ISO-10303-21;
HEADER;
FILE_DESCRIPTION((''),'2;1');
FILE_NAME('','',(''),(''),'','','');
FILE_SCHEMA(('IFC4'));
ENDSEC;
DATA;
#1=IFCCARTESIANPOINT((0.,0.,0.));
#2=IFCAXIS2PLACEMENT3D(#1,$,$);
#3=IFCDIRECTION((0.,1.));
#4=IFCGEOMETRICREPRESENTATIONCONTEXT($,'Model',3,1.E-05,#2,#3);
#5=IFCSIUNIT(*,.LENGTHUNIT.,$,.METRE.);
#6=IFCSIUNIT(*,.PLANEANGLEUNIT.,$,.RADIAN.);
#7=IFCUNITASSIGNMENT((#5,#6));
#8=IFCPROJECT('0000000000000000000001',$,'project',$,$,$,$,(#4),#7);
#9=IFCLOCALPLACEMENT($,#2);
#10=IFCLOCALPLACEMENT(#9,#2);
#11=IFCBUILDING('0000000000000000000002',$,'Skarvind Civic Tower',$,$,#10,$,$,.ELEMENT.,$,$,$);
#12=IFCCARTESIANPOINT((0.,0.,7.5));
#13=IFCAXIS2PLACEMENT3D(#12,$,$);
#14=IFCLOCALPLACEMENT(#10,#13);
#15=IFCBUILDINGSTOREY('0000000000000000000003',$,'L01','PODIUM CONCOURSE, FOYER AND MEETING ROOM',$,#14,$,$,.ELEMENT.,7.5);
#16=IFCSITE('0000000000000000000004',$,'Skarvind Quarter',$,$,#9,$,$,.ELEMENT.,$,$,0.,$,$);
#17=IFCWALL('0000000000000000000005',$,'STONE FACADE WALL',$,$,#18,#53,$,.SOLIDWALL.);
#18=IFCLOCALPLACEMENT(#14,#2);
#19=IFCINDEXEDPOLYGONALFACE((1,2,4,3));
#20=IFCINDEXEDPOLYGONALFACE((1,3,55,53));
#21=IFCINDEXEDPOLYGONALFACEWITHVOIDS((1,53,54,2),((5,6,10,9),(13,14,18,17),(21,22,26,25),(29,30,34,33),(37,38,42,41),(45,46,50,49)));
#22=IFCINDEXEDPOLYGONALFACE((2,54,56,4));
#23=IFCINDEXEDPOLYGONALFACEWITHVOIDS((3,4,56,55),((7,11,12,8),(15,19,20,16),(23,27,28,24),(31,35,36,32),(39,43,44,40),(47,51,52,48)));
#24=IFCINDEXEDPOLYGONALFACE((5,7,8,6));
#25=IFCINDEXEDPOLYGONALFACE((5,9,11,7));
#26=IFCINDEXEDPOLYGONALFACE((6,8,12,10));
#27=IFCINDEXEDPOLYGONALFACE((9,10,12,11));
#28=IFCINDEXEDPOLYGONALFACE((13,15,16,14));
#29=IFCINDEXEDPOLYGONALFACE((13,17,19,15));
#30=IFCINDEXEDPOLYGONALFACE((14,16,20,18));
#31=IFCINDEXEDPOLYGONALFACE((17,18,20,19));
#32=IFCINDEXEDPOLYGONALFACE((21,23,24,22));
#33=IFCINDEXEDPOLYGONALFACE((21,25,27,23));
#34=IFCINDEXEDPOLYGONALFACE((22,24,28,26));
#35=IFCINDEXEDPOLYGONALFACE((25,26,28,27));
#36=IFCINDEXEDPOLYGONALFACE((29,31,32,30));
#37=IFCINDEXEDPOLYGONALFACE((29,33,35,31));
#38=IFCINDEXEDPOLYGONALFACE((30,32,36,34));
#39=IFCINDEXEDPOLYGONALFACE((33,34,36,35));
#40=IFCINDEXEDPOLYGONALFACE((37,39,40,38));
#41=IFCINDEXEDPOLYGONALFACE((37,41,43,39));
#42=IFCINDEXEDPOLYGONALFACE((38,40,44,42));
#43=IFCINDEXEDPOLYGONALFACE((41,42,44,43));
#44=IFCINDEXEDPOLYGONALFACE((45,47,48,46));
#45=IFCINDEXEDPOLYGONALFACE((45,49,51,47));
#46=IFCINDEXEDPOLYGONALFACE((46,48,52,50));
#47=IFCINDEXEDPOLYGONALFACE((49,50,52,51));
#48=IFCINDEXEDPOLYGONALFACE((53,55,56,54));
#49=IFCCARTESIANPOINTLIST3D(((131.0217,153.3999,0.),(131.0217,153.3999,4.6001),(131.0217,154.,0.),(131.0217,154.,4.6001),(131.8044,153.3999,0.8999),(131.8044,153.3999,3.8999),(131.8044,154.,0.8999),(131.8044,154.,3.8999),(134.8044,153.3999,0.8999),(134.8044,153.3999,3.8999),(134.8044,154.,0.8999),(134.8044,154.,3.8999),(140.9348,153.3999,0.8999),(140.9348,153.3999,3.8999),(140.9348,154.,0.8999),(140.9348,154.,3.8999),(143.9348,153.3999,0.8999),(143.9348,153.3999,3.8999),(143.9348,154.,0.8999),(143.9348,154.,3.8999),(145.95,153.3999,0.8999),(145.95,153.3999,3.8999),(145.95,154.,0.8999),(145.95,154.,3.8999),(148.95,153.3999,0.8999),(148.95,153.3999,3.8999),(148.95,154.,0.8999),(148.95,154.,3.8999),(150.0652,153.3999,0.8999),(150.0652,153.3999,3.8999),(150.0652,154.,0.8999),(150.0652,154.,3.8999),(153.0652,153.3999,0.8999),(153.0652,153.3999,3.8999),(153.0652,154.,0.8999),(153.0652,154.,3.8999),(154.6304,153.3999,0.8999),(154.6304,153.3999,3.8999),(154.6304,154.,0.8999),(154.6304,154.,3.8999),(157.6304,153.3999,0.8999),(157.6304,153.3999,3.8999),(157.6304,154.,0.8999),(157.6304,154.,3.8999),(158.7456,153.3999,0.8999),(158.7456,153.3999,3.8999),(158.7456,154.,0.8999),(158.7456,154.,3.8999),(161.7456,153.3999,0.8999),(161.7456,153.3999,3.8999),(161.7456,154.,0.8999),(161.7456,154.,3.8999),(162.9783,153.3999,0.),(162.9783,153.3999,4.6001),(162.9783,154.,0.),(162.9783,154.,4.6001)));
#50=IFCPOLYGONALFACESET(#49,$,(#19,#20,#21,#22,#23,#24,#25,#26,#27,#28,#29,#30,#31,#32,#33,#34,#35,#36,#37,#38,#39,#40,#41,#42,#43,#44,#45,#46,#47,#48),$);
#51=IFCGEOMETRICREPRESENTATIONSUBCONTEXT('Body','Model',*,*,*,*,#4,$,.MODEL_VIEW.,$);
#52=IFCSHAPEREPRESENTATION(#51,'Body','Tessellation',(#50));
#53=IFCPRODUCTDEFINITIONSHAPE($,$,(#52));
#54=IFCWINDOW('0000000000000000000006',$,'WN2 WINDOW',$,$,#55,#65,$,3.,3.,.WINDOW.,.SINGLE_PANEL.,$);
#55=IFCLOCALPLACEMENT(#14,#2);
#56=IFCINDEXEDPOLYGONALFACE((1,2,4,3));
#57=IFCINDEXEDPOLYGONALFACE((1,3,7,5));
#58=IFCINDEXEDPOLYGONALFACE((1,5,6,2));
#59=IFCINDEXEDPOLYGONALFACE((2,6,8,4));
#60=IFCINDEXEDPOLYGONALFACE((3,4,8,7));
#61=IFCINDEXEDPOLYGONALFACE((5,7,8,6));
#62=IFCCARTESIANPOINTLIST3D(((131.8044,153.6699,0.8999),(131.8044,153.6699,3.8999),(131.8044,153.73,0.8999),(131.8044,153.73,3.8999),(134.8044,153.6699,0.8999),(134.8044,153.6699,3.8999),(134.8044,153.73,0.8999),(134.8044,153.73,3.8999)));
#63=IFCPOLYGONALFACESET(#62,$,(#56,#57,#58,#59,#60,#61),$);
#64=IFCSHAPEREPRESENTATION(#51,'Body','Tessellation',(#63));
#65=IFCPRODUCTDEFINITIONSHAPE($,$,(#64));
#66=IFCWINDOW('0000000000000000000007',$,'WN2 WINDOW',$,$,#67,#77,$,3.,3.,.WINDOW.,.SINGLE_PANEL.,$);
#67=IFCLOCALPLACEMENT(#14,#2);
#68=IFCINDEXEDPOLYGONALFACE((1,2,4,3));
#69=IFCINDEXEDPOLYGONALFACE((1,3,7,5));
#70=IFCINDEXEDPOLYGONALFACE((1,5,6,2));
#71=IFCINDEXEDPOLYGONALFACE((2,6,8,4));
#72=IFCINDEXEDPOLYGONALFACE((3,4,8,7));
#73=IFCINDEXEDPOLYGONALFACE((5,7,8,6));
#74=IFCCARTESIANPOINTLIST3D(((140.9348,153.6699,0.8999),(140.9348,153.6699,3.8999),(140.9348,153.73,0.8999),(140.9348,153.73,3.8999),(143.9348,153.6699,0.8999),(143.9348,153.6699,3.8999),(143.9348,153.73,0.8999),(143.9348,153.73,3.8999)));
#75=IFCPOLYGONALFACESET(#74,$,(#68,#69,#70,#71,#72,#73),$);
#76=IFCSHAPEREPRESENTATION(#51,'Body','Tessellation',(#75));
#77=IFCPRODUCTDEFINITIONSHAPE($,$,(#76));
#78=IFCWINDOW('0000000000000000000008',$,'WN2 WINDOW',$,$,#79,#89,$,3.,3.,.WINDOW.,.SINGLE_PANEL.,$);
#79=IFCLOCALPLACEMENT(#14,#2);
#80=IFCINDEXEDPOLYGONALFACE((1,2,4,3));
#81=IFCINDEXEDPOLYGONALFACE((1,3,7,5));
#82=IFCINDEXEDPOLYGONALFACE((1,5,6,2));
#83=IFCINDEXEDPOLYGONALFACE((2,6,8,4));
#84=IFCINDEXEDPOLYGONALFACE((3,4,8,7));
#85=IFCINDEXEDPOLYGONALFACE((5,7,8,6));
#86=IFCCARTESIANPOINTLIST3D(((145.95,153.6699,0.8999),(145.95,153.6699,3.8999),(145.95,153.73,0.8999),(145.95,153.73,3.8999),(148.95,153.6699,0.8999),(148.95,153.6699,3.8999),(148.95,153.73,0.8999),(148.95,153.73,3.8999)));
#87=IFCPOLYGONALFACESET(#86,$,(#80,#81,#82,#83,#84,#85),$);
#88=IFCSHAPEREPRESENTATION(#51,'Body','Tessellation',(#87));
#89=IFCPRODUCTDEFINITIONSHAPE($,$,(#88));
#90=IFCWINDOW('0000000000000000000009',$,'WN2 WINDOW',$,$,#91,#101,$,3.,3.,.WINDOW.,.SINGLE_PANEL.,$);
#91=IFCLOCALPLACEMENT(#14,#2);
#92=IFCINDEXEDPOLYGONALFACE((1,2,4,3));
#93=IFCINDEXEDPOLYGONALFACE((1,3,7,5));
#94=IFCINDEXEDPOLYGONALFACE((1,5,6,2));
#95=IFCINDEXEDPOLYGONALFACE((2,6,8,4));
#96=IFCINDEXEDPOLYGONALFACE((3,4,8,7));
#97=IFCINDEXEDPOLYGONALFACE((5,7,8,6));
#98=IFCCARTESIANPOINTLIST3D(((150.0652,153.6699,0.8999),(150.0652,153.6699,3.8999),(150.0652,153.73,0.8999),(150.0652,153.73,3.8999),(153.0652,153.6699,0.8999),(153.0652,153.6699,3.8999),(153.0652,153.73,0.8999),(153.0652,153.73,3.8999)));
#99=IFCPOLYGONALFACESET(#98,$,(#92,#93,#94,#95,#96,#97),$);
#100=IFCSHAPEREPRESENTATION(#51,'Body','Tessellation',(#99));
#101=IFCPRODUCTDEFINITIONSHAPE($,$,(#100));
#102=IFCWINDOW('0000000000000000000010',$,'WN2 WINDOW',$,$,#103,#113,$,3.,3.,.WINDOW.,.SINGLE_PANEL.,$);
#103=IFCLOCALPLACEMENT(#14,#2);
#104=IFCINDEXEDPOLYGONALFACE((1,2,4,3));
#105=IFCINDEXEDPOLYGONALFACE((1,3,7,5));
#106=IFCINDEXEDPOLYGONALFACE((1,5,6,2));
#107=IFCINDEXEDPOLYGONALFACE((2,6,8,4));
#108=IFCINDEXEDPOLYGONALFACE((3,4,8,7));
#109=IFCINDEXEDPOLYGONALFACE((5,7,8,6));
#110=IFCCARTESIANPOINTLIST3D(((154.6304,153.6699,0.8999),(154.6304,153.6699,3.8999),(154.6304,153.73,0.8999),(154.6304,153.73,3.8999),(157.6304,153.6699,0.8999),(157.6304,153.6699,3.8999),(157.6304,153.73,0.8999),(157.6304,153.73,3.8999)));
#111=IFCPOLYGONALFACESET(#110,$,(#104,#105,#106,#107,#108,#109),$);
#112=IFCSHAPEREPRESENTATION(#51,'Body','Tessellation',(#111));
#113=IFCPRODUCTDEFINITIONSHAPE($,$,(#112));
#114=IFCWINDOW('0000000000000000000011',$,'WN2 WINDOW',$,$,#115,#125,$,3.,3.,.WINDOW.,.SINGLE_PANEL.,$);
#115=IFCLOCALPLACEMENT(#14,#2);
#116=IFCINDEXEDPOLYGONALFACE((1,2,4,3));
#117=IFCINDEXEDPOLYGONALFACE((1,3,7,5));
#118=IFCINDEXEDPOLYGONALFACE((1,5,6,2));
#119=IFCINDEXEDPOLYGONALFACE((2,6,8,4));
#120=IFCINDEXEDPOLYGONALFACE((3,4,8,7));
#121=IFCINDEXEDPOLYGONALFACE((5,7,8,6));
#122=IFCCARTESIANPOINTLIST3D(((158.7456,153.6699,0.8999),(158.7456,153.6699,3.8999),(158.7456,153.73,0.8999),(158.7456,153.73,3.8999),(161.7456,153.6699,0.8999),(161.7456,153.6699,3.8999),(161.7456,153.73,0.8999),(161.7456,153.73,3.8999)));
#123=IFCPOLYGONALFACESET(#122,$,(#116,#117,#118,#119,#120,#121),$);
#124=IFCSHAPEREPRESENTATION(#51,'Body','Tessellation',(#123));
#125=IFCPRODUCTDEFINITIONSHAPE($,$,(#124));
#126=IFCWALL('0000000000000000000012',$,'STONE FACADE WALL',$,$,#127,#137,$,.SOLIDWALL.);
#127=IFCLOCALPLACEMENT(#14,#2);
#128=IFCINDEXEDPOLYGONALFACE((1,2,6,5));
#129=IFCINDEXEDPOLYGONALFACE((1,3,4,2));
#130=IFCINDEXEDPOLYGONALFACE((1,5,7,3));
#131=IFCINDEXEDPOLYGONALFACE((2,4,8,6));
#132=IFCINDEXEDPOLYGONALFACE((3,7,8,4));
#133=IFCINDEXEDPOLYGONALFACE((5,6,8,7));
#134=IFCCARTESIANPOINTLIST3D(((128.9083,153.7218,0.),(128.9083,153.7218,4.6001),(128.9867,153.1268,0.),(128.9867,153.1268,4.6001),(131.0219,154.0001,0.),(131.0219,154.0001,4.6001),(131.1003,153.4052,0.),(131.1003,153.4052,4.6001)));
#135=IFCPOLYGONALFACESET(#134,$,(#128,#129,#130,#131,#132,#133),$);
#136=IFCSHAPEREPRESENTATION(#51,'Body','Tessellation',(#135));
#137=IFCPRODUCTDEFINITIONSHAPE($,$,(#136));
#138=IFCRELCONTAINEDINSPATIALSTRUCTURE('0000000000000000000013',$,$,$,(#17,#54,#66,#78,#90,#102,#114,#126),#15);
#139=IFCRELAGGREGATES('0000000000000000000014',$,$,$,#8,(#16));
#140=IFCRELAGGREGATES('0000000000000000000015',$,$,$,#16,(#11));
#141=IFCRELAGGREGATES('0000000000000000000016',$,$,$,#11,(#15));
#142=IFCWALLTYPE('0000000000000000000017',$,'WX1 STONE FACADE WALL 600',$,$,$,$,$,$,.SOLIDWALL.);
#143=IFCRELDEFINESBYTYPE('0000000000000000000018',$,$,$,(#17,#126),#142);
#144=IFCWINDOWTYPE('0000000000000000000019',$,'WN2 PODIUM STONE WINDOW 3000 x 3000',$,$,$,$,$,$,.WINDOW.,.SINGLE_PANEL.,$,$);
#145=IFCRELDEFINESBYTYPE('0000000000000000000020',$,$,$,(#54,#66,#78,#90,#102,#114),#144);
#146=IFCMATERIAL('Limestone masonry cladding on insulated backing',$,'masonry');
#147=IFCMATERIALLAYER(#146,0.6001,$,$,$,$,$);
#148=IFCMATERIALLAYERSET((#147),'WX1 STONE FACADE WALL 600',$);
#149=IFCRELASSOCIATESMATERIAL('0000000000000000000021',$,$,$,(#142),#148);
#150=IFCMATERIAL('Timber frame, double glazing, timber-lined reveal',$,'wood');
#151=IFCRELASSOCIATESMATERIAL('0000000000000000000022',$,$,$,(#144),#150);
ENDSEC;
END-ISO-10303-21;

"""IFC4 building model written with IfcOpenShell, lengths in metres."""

from ifc_helpers import new_model, si_unit, direction, frame, frame_2d, origin, place, context, subcontext, project, spatial, rectangle, extrude, material, layer, layer_set, type_object, element, fill, save


model = new_model("IFC4")

# Units and contexts
model_context = context("Model", 3, precision=1e-05, world=origin(), true_north=direction((0.0, 1.0)))
body_context = subcontext(model_context, "Body", "Model", "MODEL_VIEW")
ifc_project = project(units=[si_unit("LENGTHUNIT", "METRE"), si_unit("PLANEANGLEUNIT", "RADIAN")], contexts=[model_context])

# Site, building, storey
site_placement = place(None, origin())
site = spatial("IfcSite", under=ifc_project, at=site_placement, Name="Skarvind Quarter", CompositionType="ELEMENT", RefElevation=0.0)
building_placement = place(site_placement, origin())
building = spatial("IfcBuilding", under=site, at=building_placement, Name="Skarvind Civic Tower", CompositionType="ELEMENT")
storey_placement = place(building_placement, frame((0.0, 0.0, 7.5)))
storey = spatial("IfcBuildingStorey", under=building, at=storey_placement, Name="L01", Description="PODIUM CONCOURSE, FOYER AND MEETING ROOM", CompositionType="ELEMENT", Elevation=7.5)

# Wall, openings, windows
ifc_material_1 = material(Name="Limestone masonry cladding on insulated backing", Category="masonry")
ifc_layer_1 = layer(ifc_material_1, 0.6001)
ifc_layer_set_1 = layer_set([ifc_layer_1], Name="WX1 STONE FACADE WALL 600")
wall_type_1 = type_object("IfcWallType", Name="WX1 STONE FACADE WALL 600", PredefinedType="SOLIDWALL", material=ifc_layer_set_1)
wall_1_placement = place(storey_placement, frame((131.0217, 153.7, 0.0), z_axis=(0.0, 0.0, 1.0), x_axis=(1.0, 0.0, 0.0)))
wall_1 = element("IfcWall", 1, at=wall_1_placement, inside=storey, type_object=wall_type_1, Name="STONE FACADE WALL", PredefinedType="SOLIDWALL", context=body_context, shape_type="SweptSolid", body=[
    extrude(rectangle(XDim=31.9565, YDim=0.6001, at=frame_2d((15.9783, 0.0))), origin(), (0.0, 0.0, 1.0), 4.6001),
])
opening_1_placement = place(wall_1_placement, frame((0.7827, 0.0, 0.8999)))
opening_1 = element("IfcOpeningElement", 2, at=opening_1_placement, cuts=wall_1, PredefinedType="OPENING", context=body_context, shape_type="SweptSolid", body=[
    extrude(rectangle(XDim=3.0, YDim=3.0, at=frame_2d((1.5, 1.5))), frame((0.0, 0.3101, 0.0), z_axis=(0.0, -1.0, 0.0), x_axis=(1.0, 0.0, 0.0)), (0.0, 0.0, 1.0), 0.6201),
])
opening_2_placement = place(wall_1_placement, frame((9.9131, 0.0, 0.8999)))
opening_2 = element("IfcOpeningElement", 3, at=opening_2_placement, cuts=wall_1, PredefinedType="OPENING", context=body_context, shape_type="SweptSolid", body=[
    extrude(rectangle(XDim=3.0, YDim=3.0, at=frame_2d((1.5, 1.5))), frame((0.0, 0.3101, 0.0), z_axis=(0.0, -1.0, 0.0), x_axis=(1.0, 0.0, 0.0)), (0.0, 0.0, 1.0), 0.6201),
])
opening_3_placement = place(wall_1_placement, frame((14.9282, 0.0, 0.8999)))
opening_3 = element("IfcOpeningElement", 4, at=opening_3_placement, cuts=wall_1, PredefinedType="OPENING", context=body_context, shape_type="SweptSolid", body=[
    extrude(rectangle(XDim=3.0, YDim=3.0, at=frame_2d((1.5, 1.5))), frame((0.0, 0.3101, 0.0), z_axis=(0.0, -1.0, 0.0), x_axis=(1.0, 0.0, 0.0)), (0.0, 0.0, 1.0), 0.6201),
])
opening_4_placement = place(wall_1_placement, frame((19.0435, 0.0, 0.8999)))
opening_4 = element("IfcOpeningElement", 5, at=opening_4_placement, cuts=wall_1, PredefinedType="OPENING", context=body_context, shape_type="SweptSolid", body=[
    extrude(rectangle(XDim=3.0, YDim=3.0, at=frame_2d((1.5, 1.5))), frame((0.0, 0.3101, 0.0), z_axis=(0.0, -1.0, 0.0), x_axis=(1.0, 0.0, 0.0)), (0.0, 0.0, 1.0), 0.6201),
])
opening_5_placement = place(wall_1_placement, frame((23.6086, 0.0, 0.8999)))
opening_5 = element("IfcOpeningElement", 6, at=opening_5_placement, cuts=wall_1, PredefinedType="OPENING", context=body_context, shape_type="SweptSolid", body=[
    extrude(rectangle(XDim=3.0, YDim=3.0, at=frame_2d((1.5, 1.5))), frame((0.0, 0.3101, 0.0), z_axis=(0.0, -1.0, 0.0), x_axis=(1.0, 0.0, 0.0)), (0.0, 0.0, 1.0), 0.6201),
])
opening_6_placement = place(wall_1_placement, frame((27.7239, 0.0, 0.8999)))
opening_6 = element("IfcOpeningElement", 7, at=opening_6_placement, cuts=wall_1, PredefinedType="OPENING", context=body_context, shape_type="SweptSolid", body=[
    extrude(rectangle(XDim=3.0, YDim=3.0, at=frame_2d((1.5, 1.5))), frame((0.0, 0.3101, 0.0), z_axis=(0.0, -1.0, 0.0), x_axis=(1.0, 0.0, 0.0)), (0.0, 0.0, 1.0), 0.6201),
])
ifc_material_2 = material(Name="Timber frame, double glazing, timber-lined reveal", Category="wood")
window_type = type_object("IfcWindowType", Name="WN2 PODIUM STONE WINDOW 3000 x 3000", PartitioningType="SINGLE_PANEL", PredefinedType="WINDOW", material=ifc_material_2)
window_1_placement = place(opening_1_placement, origin())
window_1 = element("IfcWindow", 8, at=window_1_placement, inside=storey, type_object=window_type, Name="WN2 WINDOW", OverallHeight=3.0, OverallWidth=3.0, PartitioningType="SINGLE_PANEL", PredefinedType="WINDOW", context=body_context, shape_type="SweptSolid", body=[
    extrude(rectangle(XDim=3.0, YDim=3.0, at=frame_2d((1.5, 1.5))), frame((0.0, 0.03, 0.0), z_axis=(0.0, -1.0, 0.0), x_axis=(1.0, 0.0, 0.0)), (0.0, 0.0, 1.0), 0.0601),
])
fill(opening_1, window_1)
window_2_placement = place(opening_2_placement, origin())
window_2 = element("IfcWindow", 9, at=window_2_placement, inside=storey, type_object=window_type, Name="WN2 WINDOW", OverallHeight=3.0, OverallWidth=3.0, PartitioningType="SINGLE_PANEL", PredefinedType="WINDOW", context=body_context, shape_type="SweptSolid", body=[
    extrude(rectangle(XDim=3.0, YDim=3.0, at=frame_2d((1.5, 1.5))), frame((0.0, 0.03, 0.0), z_axis=(0.0, -1.0, 0.0), x_axis=(1.0, 0.0, 0.0)), (0.0, 0.0, 1.0), 0.0601),
])
fill(opening_2, window_2)
window_3_placement = place(opening_3_placement, origin())
window_3 = element("IfcWindow", 10, at=window_3_placement, inside=storey, type_object=window_type, Name="WN2 WINDOW", OverallHeight=3.0, OverallWidth=3.0, PartitioningType="SINGLE_PANEL", PredefinedType="WINDOW", context=body_context, shape_type="SweptSolid", body=[
    extrude(rectangle(XDim=3.0, YDim=3.0, at=frame_2d((1.5, 1.5))), frame((0.0, 0.03, 0.0), z_axis=(0.0, -1.0, 0.0), x_axis=(1.0, 0.0, 0.0)), (0.0, 0.0, 1.0), 0.0601),
])
fill(opening_3, window_3)
window_4_placement = place(opening_4_placement, origin())
window_4 = element("IfcWindow", 11, at=window_4_placement, inside=storey, type_object=window_type, Name="WN2 WINDOW", OverallHeight=3.0, OverallWidth=3.0, PartitioningType="SINGLE_PANEL", PredefinedType="WINDOW", context=body_context, shape_type="SweptSolid", body=[
    extrude(rectangle(XDim=3.0, YDim=3.0, at=frame_2d((1.5, 1.5))), frame((0.0, 0.03, 0.0), z_axis=(0.0, -1.0, 0.0), x_axis=(1.0, 0.0, 0.0)), (0.0, 0.0, 1.0), 0.0601),
])
fill(opening_4, window_4)
window_5_placement = place(opening_5_placement, origin())
window_5 = element("IfcWindow", 12, at=window_5_placement, inside=storey, type_object=window_type, Name="WN2 WINDOW", OverallHeight=3.0, OverallWidth=3.0, PartitioningType="SINGLE_PANEL", PredefinedType="WINDOW", context=body_context, shape_type="SweptSolid", body=[
    extrude(rectangle(XDim=3.0, YDim=3.0, at=frame_2d((1.5, 1.5))), frame((0.0, 0.03, 0.0), z_axis=(0.0, -1.0, 0.0), x_axis=(1.0, 0.0, 0.0)), (0.0, 0.0, 1.0), 0.0601),
])
fill(opening_5, window_5)
window_6_placement = place(opening_6_placement, origin())
window_6 = element("IfcWindow", 13, at=window_6_placement, inside=storey, type_object=window_type, Name="WN2 WINDOW", OverallHeight=3.0, OverallWidth=3.0, PartitioningType="SINGLE_PANEL", PredefinedType="WINDOW", context=body_context, shape_type="SweptSolid", body=[
    extrude(rectangle(XDim=3.0, YDim=3.0, at=frame_2d((1.5, 1.5))), frame((0.0, 0.03, 0.0), z_axis=(0.0, -1.0, 0.0), x_axis=(1.0, 0.0, 0.0)), (0.0, 0.0, 1.0), 0.0601),
])
fill(opening_6, window_6)

# Wall
wall_2_placement = place(storey_placement, frame((128.9475, 153.4243, 0.0), z_axis=(0.0, 0.0, 1.0), x_axis=(0.991441, 0.130558, 0.0)))
element("IfcWall", 14, at=wall_2_placement, inside=storey, type_object=wall_type_1, Name="STONE FACADE WALL", PredefinedType="SOLIDWALL", context=body_context, shape_type="SweptSolid", body=[
    extrude(rectangle(XDim=2.1318, YDim=0.6001, at=frame_2d((1.0659, 0.0))), origin(), (0.0, 0.0, 1.0), 4.6001),
])

save(model, "model.ifc")
